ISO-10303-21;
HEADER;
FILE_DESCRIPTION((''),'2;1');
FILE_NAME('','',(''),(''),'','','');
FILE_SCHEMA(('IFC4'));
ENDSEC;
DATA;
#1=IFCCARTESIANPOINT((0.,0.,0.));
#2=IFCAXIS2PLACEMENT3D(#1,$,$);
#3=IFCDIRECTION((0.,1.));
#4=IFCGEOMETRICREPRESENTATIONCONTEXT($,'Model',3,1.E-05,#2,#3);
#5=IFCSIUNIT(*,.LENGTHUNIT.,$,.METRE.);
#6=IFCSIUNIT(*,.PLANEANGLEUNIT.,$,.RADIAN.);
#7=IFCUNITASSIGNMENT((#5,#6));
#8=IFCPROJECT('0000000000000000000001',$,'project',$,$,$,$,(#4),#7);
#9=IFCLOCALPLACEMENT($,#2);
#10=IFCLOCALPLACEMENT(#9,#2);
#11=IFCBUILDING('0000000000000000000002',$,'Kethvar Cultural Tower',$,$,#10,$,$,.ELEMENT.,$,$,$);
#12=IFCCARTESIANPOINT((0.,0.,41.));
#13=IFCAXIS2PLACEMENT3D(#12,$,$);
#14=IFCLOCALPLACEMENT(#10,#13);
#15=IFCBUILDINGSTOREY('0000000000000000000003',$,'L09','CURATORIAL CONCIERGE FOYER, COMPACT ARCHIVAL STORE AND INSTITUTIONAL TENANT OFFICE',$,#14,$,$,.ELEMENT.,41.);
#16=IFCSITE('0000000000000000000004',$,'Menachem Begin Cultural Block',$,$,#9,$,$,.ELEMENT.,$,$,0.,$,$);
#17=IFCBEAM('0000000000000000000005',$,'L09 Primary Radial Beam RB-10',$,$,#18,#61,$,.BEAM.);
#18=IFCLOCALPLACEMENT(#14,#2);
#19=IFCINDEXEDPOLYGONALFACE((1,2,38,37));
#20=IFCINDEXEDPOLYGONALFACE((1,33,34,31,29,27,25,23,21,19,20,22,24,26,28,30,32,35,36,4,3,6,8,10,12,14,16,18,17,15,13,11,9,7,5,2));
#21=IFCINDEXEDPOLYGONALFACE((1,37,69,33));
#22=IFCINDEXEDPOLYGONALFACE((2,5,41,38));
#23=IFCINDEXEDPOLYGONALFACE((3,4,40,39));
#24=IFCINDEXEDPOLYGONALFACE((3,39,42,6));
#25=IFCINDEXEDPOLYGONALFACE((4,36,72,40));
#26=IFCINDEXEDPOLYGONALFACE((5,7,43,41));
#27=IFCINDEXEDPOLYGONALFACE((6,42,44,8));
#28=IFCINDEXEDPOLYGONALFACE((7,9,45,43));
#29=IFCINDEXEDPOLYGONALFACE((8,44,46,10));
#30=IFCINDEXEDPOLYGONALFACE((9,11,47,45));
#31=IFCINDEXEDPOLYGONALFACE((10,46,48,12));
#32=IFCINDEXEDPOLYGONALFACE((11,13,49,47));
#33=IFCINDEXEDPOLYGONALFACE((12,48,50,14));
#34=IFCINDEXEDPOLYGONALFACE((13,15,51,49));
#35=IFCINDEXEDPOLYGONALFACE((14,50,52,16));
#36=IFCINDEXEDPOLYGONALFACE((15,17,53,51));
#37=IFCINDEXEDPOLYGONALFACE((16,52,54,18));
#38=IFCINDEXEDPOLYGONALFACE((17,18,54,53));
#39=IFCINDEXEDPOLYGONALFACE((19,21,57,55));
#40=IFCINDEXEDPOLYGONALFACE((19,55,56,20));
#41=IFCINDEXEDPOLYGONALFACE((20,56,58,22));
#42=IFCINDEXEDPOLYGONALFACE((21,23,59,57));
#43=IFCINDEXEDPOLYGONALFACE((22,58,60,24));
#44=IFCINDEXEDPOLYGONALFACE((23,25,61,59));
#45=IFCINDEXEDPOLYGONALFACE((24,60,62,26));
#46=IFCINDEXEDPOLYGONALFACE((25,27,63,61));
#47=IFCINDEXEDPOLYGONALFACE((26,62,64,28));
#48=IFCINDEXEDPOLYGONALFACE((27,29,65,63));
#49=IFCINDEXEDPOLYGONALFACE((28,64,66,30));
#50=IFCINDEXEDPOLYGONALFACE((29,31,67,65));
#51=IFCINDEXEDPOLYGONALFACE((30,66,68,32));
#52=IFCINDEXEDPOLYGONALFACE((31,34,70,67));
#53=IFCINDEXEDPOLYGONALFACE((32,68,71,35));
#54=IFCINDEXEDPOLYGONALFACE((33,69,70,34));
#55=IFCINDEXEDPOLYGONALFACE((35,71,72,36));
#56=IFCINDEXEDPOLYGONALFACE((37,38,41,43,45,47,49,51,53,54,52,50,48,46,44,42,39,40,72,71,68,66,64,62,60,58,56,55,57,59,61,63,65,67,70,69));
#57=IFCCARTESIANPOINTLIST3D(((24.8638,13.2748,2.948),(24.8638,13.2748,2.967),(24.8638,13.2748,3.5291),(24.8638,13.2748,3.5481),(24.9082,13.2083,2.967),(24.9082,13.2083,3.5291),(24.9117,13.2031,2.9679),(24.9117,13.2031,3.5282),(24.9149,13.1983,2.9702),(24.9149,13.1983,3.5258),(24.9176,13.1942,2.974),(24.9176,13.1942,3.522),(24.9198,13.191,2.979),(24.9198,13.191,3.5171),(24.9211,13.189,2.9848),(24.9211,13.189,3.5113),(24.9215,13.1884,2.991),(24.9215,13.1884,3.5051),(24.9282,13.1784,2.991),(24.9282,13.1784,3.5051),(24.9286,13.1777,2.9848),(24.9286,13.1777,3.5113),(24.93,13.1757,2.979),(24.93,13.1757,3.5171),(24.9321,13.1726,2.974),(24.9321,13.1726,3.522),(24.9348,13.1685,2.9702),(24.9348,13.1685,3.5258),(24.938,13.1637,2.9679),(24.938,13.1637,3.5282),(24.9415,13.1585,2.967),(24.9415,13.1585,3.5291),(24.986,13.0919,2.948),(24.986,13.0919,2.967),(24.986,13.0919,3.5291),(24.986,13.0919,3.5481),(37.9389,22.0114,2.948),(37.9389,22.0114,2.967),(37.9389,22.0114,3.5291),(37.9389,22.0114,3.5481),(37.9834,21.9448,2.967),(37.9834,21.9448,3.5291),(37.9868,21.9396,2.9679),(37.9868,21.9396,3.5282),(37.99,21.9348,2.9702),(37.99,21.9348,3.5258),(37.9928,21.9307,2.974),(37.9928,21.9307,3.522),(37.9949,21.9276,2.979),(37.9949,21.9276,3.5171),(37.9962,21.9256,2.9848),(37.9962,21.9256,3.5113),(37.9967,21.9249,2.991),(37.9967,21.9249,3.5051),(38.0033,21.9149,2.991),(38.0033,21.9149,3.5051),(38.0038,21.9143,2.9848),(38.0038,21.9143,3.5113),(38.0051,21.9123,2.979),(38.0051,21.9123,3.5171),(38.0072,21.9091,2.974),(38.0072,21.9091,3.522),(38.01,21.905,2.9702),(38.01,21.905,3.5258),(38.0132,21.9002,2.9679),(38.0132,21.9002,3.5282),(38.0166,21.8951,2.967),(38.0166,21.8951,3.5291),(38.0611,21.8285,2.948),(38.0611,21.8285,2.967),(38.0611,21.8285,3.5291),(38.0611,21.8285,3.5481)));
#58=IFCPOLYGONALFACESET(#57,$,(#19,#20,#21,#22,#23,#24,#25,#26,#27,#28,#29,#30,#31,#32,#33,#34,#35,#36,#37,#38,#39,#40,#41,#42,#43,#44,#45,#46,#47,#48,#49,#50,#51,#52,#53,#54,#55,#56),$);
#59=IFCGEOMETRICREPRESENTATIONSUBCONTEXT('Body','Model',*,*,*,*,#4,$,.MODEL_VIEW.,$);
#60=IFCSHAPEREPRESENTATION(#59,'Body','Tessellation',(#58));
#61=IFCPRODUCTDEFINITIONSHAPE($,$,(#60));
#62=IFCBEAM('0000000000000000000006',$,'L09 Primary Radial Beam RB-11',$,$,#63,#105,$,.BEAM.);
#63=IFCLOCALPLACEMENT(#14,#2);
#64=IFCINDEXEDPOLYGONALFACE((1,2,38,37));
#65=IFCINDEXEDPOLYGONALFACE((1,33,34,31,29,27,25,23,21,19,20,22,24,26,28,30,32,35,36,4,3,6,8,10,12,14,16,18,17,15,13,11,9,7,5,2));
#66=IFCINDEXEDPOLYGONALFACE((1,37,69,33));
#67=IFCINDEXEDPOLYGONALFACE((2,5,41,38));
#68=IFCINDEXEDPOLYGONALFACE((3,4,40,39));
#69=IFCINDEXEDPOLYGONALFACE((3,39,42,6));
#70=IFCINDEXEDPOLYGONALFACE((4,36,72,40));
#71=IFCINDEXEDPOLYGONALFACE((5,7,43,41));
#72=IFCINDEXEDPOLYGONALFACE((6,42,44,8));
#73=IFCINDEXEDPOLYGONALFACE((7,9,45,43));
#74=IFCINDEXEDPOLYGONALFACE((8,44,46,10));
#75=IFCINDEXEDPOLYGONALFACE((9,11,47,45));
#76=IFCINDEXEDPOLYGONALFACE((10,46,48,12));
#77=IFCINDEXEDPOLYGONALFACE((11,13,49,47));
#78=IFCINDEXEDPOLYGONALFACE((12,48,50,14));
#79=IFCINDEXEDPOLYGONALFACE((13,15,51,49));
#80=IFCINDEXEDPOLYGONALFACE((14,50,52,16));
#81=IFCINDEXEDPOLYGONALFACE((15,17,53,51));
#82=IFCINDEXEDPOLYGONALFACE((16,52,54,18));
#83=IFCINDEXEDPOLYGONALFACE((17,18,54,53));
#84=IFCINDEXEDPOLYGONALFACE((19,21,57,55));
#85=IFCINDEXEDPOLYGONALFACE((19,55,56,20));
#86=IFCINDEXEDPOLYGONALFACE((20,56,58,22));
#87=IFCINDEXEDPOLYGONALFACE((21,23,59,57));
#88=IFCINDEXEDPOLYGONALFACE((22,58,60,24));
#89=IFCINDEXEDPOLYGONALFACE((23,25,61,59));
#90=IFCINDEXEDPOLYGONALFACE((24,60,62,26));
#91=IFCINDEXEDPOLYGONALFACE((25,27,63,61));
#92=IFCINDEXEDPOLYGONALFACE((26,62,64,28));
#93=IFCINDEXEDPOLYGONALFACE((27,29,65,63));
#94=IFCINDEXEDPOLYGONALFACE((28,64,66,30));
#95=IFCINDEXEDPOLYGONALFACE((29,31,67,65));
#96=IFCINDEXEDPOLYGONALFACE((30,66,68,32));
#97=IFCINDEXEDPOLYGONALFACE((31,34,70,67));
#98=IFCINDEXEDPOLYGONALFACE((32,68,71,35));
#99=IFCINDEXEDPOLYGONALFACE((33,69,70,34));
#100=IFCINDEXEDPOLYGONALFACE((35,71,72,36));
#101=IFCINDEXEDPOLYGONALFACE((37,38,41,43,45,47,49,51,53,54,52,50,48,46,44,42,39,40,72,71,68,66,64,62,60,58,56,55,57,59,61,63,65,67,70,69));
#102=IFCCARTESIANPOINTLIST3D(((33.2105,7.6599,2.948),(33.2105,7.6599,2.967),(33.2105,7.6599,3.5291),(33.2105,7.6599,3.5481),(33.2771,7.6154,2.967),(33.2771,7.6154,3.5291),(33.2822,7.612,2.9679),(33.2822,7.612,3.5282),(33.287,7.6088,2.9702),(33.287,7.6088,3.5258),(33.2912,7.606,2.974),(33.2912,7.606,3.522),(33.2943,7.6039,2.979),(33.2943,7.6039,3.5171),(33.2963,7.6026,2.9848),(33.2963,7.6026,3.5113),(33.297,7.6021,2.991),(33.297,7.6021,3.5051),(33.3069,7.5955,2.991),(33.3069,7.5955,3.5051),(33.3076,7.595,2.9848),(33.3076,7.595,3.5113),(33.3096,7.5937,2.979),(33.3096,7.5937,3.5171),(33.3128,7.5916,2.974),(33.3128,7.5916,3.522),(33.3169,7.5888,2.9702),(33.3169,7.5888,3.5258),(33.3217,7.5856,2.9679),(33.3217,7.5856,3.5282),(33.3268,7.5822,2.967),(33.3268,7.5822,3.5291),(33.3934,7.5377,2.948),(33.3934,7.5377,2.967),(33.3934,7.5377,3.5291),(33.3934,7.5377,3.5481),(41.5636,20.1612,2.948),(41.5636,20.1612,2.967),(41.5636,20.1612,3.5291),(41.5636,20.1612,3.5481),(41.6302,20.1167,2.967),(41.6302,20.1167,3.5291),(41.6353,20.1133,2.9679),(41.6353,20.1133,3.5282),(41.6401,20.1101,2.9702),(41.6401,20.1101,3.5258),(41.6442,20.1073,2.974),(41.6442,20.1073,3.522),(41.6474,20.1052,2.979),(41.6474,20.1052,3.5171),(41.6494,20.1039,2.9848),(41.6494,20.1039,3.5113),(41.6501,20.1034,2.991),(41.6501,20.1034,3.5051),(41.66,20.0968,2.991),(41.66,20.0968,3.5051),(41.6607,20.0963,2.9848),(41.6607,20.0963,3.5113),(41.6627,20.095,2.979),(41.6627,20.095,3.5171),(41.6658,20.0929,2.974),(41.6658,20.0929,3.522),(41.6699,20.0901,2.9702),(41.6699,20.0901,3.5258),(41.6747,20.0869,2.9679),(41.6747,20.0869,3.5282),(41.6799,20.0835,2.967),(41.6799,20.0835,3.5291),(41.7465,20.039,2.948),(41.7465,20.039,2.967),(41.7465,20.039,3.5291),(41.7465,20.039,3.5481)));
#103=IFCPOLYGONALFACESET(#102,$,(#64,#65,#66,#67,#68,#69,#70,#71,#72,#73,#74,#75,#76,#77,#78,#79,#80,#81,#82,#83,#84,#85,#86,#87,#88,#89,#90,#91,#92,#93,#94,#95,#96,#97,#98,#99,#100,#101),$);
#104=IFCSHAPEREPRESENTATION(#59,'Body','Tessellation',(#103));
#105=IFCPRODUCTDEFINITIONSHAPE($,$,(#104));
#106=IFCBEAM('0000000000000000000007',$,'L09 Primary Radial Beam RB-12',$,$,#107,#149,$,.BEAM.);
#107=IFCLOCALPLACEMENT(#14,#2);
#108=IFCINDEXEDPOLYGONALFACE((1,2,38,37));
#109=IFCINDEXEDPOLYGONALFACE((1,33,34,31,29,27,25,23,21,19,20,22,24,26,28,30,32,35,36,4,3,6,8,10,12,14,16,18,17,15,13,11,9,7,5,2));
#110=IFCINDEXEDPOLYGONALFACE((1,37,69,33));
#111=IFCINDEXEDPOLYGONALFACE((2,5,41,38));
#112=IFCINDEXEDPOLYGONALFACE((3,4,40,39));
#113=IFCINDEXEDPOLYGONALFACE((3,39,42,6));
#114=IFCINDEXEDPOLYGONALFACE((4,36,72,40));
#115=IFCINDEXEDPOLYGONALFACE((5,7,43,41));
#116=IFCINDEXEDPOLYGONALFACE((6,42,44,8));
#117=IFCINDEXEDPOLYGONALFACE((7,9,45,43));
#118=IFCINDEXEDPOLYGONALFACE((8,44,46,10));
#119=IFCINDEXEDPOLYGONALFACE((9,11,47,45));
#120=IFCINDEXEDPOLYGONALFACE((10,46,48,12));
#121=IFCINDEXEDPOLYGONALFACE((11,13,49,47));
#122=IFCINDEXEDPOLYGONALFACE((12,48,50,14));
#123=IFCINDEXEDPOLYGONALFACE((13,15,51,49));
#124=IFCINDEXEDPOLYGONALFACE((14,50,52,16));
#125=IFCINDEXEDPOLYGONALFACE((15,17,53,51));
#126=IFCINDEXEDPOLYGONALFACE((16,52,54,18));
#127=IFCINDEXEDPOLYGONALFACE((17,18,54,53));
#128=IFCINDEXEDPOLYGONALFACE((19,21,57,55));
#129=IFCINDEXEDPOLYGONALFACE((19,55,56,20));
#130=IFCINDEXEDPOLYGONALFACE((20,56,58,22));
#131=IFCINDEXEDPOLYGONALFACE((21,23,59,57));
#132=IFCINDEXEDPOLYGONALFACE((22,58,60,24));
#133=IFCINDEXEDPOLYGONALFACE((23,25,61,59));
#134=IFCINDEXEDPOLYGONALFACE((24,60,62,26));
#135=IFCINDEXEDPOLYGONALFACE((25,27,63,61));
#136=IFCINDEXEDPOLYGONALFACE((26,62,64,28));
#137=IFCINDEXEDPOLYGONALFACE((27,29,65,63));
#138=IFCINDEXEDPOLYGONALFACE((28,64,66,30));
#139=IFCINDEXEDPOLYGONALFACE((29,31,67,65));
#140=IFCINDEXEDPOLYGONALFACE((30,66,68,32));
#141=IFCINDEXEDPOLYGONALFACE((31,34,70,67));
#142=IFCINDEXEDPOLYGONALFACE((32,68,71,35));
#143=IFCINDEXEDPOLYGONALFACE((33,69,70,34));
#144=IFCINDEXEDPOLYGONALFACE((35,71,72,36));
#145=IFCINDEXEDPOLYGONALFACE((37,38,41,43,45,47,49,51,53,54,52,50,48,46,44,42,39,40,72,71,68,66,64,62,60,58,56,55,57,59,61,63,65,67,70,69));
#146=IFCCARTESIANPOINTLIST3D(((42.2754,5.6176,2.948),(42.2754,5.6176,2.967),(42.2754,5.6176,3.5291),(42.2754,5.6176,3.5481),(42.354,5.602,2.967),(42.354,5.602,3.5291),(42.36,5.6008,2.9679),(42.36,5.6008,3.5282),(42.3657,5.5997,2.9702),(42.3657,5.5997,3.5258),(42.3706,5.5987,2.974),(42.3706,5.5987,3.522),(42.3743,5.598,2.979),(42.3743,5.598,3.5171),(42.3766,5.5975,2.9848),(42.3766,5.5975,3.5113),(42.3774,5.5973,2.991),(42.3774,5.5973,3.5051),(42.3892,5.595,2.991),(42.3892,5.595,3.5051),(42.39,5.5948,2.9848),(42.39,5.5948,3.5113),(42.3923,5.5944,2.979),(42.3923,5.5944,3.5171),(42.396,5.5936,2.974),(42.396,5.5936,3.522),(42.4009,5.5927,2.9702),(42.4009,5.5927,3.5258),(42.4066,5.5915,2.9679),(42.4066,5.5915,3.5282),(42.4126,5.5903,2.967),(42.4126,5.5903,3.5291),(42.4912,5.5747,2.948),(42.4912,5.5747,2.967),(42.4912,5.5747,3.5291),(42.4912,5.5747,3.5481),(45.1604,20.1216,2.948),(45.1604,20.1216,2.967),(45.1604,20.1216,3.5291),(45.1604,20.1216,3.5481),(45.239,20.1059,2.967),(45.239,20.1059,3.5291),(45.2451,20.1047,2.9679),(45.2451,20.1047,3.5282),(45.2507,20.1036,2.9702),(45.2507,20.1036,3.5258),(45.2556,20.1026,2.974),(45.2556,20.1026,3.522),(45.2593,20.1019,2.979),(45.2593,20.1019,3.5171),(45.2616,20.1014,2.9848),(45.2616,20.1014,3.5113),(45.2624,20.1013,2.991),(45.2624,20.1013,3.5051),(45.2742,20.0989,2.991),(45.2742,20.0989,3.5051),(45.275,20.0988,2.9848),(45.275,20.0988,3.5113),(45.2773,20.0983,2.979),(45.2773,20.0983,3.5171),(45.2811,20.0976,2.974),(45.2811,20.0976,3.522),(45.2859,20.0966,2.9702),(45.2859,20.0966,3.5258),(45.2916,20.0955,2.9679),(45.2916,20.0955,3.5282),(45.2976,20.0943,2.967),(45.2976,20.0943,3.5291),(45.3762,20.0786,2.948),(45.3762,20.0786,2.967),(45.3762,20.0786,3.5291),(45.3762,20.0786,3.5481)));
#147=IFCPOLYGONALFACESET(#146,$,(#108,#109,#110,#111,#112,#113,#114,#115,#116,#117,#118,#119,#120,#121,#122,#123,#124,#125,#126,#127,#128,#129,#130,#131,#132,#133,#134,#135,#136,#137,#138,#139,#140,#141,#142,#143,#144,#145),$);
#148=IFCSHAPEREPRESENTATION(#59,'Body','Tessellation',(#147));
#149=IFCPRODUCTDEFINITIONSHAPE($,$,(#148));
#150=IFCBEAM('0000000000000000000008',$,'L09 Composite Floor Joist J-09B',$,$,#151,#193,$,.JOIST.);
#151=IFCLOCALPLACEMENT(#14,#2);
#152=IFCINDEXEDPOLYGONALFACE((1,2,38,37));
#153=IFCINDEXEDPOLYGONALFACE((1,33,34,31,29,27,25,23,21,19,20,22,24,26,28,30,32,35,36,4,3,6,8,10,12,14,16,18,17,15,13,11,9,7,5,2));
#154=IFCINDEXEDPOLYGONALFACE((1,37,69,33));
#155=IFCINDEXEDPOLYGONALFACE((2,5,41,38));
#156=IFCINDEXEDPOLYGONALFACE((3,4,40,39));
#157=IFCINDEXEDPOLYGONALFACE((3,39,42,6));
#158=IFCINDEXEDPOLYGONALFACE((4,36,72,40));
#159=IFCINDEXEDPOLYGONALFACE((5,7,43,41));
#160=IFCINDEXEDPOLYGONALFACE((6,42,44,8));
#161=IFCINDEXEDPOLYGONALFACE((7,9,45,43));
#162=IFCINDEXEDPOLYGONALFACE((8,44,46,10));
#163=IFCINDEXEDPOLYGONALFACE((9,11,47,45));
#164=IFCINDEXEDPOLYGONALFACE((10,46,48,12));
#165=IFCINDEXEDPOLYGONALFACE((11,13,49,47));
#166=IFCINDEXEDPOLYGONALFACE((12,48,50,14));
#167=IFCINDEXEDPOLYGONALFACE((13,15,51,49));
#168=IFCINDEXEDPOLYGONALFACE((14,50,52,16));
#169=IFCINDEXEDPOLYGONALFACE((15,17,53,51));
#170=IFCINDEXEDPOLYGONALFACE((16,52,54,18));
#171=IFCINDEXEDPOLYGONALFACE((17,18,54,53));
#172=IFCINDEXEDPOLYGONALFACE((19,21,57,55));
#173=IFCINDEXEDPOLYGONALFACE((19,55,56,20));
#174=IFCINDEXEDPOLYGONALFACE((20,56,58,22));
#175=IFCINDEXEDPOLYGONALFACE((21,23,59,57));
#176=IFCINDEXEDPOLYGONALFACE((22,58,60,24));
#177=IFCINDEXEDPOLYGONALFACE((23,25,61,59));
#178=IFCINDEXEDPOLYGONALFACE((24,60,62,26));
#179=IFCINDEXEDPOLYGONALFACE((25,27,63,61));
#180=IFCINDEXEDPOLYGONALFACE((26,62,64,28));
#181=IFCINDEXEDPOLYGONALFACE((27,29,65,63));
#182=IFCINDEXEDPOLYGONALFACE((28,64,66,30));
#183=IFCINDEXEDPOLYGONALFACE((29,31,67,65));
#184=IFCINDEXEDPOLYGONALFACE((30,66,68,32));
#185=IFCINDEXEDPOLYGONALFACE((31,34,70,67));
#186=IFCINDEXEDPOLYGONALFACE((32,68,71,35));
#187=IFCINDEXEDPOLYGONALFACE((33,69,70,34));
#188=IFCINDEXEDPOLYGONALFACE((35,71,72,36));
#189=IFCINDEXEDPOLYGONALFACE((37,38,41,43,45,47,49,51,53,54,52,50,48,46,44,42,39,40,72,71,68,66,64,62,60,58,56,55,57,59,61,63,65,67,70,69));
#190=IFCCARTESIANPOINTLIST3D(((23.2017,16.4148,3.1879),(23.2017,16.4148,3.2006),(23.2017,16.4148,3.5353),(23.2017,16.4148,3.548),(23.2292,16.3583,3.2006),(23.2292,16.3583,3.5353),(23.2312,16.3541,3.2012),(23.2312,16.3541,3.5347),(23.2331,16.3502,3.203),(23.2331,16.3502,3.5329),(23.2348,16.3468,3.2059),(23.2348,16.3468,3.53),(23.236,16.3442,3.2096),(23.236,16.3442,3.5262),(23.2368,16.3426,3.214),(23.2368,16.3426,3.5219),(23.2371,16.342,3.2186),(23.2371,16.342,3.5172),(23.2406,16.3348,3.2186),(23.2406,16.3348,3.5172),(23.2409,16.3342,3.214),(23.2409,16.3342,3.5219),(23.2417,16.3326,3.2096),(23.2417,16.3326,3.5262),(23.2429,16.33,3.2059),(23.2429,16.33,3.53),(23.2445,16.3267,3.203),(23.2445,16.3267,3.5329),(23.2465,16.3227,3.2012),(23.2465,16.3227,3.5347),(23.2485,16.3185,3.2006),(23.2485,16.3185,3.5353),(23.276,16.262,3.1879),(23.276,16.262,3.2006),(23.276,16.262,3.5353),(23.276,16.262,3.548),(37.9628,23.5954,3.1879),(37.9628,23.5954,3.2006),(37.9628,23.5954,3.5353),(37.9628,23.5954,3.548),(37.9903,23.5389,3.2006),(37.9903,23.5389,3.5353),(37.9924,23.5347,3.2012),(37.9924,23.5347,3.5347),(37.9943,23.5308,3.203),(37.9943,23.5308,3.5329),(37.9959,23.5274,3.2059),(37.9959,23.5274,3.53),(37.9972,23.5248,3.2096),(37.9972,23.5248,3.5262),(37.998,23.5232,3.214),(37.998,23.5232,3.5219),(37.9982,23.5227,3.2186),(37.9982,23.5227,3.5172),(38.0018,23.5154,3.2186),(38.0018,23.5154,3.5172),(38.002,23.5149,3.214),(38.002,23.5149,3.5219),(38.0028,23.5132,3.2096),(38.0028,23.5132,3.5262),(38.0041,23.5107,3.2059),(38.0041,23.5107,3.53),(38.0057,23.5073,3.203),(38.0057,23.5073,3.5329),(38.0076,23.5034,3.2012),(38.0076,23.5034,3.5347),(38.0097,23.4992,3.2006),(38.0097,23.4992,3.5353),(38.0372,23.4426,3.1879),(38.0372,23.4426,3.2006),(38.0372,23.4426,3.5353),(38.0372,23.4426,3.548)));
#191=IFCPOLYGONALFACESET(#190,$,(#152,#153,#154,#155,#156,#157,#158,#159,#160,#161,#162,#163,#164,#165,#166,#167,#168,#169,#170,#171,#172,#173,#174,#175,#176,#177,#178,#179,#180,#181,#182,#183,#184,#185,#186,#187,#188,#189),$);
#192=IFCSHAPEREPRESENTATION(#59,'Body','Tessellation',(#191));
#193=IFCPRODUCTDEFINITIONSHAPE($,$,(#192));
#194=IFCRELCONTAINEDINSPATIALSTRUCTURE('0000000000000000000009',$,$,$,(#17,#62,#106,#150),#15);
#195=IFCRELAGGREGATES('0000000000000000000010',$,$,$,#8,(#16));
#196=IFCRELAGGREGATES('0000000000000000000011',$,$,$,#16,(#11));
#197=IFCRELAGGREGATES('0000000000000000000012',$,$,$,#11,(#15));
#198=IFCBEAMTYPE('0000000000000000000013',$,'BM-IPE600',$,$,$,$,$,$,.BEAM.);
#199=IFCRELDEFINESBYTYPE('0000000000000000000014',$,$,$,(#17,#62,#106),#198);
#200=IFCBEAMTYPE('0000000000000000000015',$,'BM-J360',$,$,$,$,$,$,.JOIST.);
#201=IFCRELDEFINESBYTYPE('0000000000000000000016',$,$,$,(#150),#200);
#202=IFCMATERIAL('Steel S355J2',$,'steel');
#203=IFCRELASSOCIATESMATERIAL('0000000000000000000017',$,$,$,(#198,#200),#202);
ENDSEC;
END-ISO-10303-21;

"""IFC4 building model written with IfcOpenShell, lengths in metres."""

from ifc_helpers import new_model, si_unit, direction, frame, origin, origin_2d, place, context, subcontext, project, spatial, i_section, extrude, source, transform, mapped, material, material_profile, profile_set, type_object, element, save


model = new_model("IFC4")

# Units and contexts
model_context = context("Model", 3, precision=1e-05, world=origin(), true_north=direction((0.0, 1.0)))
body_context = subcontext(model_context, "Body", "Model", "MODEL_VIEW")
ifc_project = project(units=[si_unit("LENGTHUNIT", "METRE"), si_unit("PLANEANGLEUNIT", "RADIAN")], contexts=[model_context])

# Site, building, storey
site_placement = place(None, origin())
site = spatial("IfcSite", under=ifc_project, at=site_placement, Name="Menachem Begin Cultural Block", CompositionType="ELEMENT", RefElevation=0.0)
building_placement = place(site_placement, origin())
building = spatial("IfcBuilding", under=site, at=building_placement, Name="Kethvar Cultural Tower", CompositionType="ELEMENT")
storey_placement = place(building_placement, frame((0.0, 0.0, 41.0)))
storey = spatial("IfcBuildingStorey", under=building, at=storey_placement, Name="L09", Description="CURATORIAL CONCIERGE FOYER, COMPACT ARCHIVAL STORE AND INSTITUTIONAL TENANT OFFICE", CompositionType="ELEMENT", Elevation=41.0)

# Beams
ifc_material_1 = material(Name="Steel S355J2", Category="steel")
ifc_material_profile_1 = material_profile(ifc_material_1, i_section(OverallWidth=0.22, OverallDepth=0.6001, WebThickness=0.012, FlangeThickness=0.019, FilletRadius=0.0239, at=origin_2d()), Name="Steel S355J2 — IPE600")
ifc_profile_set_1 = profile_set([ifc_material_profile_1], Name="Steel S355J2 — IPE600")
beam_type_1 = type_object("IfcBeamType", Name="BM-IPE600", PredefinedType="BEAM", material=ifc_profile_set_1)
shared_shape_1 = source(origin(), body_context, "Body", "SweptSolid", [
    extrude(i_section(OverallWidth=0.22, OverallDepth=0.6001, WebThickness=0.012, FlangeThickness=0.019, FilletRadius=0.0239, at=origin_2d()), origin(), (0.0, 0.0, 1.0), 15.7253),
])
beam_1_placement = place(storey_placement, frame((38.0, 21.9199, 3.248), z_axis=(-0.831469, -0.55557, 0.0), x_axis=(0.55557, -0.831469, 0.0)))
element("IfcBeam", 1, at=beam_1_placement, inside=storey, type_object=beam_type_1, Name="L09 Primary Radial Beam RB-10", PredefinedType="BEAM", context=body_context, shape_type="MappedRepresentation", body=[
    mapped(shared_shape_1, transform((0.0, 0.0, 0.0), scale=1.0)),
])
shared_shape_2 = source(origin(), body_context, "Body", "SweptSolid", [
    extrude(i_section(OverallWidth=0.22, OverallDepth=0.6001, WebThickness=0.012, FlangeThickness=0.019, FilletRadius=0.0239, at=origin_2d()), origin(), (0.0, 0.0, 1.0), 15.0352),
])
beam_2_placement = place(storey_placement, frame((41.655, 20.1001, 3.248), z_axis=(-0.555569, -0.83147, 0.0), x_axis=(0.83147, -0.555569, 0.0)))
element("IfcBeam", 2, at=beam_2_placement, inside=storey, type_object=beam_type_1, Name="L09 Primary Radial Beam RB-11", PredefinedType="BEAM", context=body_context, shape_type="MappedRepresentation", body=[
    mapped(shared_shape_2, transform((0.0, 0.0, 0.0), scale=1.0)),
])
shared_shape_3 = source(origin(), body_context, "Body", "SweptSolid", [
    extrude(i_section(OverallWidth=0.22, OverallDepth=0.6001, WebThickness=0.012, FlangeThickness=0.019, FilletRadius=0.0239, at=origin_2d()), origin(), (0.0, 0.0, 1.0), 14.7881),
])
beam_3_placement = place(storey_placement, frame((45.2683, 20.1001, 3.248), z_axis=(-0.195091, -0.980785, 0.0), x_axis=(0.980785, -0.195091, 0.0)))
element("IfcBeam", 3, at=beam_3_placement, inside=storey, type_object=beam_type_1, Name="L09 Primary Radial Beam RB-12", PredefinedType="BEAM", context=body_context, shape_type="MappedRepresentation", body=[
    mapped(shared_shape_3, transform((0.0, 0.0, 0.0), scale=1.0)),
])
ifc_material_profile_2 = material_profile(ifc_material_1, i_section(OverallWidth=0.1699, OverallDepth=0.3601, WebThickness=0.0081, FlangeThickness=0.0127, FilletRadius=0.0181, at=origin_2d()), Name="Steel S355J2 — IPE360")
ifc_profile_set_2 = profile_set([ifc_material_profile_2], Name="Steel S355J2 — IPE360")
beam_type_2 = type_object("IfcBeamType", Name="BM-J360", PredefinedType="JOIST", material=ifc_profile_set_2)
shared_shape_4 = source(origin(), body_context, "Body", "SweptSolid", [
    extrude(i_section(OverallWidth=0.1699, OverallDepth=0.3601, WebThickness=0.0081, FlangeThickness=0.0127, FilletRadius=0.0181, at=origin_2d()), origin(), (0.0, 0.0, 1.0), 16.415),
])
beam_4_placement = place(storey_placement, frame((38.0, 23.519, 3.3679), z_axis=(-0.899246, -0.437442, 0.0), x_axis=(0.437442, -0.899246, 0.0)))
element("IfcBeam", 4, at=beam_4_placement, inside=storey, type_object=beam_type_2, Name="L09 Composite Floor Joist J-09B", PredefinedType="JOIST", context=body_context, shape_type="MappedRepresentation", body=[
    mapped(shared_shape_4, transform((0.0, 0.0, 0.0), scale=1.0)),
])

save(model, "model.ifc")
